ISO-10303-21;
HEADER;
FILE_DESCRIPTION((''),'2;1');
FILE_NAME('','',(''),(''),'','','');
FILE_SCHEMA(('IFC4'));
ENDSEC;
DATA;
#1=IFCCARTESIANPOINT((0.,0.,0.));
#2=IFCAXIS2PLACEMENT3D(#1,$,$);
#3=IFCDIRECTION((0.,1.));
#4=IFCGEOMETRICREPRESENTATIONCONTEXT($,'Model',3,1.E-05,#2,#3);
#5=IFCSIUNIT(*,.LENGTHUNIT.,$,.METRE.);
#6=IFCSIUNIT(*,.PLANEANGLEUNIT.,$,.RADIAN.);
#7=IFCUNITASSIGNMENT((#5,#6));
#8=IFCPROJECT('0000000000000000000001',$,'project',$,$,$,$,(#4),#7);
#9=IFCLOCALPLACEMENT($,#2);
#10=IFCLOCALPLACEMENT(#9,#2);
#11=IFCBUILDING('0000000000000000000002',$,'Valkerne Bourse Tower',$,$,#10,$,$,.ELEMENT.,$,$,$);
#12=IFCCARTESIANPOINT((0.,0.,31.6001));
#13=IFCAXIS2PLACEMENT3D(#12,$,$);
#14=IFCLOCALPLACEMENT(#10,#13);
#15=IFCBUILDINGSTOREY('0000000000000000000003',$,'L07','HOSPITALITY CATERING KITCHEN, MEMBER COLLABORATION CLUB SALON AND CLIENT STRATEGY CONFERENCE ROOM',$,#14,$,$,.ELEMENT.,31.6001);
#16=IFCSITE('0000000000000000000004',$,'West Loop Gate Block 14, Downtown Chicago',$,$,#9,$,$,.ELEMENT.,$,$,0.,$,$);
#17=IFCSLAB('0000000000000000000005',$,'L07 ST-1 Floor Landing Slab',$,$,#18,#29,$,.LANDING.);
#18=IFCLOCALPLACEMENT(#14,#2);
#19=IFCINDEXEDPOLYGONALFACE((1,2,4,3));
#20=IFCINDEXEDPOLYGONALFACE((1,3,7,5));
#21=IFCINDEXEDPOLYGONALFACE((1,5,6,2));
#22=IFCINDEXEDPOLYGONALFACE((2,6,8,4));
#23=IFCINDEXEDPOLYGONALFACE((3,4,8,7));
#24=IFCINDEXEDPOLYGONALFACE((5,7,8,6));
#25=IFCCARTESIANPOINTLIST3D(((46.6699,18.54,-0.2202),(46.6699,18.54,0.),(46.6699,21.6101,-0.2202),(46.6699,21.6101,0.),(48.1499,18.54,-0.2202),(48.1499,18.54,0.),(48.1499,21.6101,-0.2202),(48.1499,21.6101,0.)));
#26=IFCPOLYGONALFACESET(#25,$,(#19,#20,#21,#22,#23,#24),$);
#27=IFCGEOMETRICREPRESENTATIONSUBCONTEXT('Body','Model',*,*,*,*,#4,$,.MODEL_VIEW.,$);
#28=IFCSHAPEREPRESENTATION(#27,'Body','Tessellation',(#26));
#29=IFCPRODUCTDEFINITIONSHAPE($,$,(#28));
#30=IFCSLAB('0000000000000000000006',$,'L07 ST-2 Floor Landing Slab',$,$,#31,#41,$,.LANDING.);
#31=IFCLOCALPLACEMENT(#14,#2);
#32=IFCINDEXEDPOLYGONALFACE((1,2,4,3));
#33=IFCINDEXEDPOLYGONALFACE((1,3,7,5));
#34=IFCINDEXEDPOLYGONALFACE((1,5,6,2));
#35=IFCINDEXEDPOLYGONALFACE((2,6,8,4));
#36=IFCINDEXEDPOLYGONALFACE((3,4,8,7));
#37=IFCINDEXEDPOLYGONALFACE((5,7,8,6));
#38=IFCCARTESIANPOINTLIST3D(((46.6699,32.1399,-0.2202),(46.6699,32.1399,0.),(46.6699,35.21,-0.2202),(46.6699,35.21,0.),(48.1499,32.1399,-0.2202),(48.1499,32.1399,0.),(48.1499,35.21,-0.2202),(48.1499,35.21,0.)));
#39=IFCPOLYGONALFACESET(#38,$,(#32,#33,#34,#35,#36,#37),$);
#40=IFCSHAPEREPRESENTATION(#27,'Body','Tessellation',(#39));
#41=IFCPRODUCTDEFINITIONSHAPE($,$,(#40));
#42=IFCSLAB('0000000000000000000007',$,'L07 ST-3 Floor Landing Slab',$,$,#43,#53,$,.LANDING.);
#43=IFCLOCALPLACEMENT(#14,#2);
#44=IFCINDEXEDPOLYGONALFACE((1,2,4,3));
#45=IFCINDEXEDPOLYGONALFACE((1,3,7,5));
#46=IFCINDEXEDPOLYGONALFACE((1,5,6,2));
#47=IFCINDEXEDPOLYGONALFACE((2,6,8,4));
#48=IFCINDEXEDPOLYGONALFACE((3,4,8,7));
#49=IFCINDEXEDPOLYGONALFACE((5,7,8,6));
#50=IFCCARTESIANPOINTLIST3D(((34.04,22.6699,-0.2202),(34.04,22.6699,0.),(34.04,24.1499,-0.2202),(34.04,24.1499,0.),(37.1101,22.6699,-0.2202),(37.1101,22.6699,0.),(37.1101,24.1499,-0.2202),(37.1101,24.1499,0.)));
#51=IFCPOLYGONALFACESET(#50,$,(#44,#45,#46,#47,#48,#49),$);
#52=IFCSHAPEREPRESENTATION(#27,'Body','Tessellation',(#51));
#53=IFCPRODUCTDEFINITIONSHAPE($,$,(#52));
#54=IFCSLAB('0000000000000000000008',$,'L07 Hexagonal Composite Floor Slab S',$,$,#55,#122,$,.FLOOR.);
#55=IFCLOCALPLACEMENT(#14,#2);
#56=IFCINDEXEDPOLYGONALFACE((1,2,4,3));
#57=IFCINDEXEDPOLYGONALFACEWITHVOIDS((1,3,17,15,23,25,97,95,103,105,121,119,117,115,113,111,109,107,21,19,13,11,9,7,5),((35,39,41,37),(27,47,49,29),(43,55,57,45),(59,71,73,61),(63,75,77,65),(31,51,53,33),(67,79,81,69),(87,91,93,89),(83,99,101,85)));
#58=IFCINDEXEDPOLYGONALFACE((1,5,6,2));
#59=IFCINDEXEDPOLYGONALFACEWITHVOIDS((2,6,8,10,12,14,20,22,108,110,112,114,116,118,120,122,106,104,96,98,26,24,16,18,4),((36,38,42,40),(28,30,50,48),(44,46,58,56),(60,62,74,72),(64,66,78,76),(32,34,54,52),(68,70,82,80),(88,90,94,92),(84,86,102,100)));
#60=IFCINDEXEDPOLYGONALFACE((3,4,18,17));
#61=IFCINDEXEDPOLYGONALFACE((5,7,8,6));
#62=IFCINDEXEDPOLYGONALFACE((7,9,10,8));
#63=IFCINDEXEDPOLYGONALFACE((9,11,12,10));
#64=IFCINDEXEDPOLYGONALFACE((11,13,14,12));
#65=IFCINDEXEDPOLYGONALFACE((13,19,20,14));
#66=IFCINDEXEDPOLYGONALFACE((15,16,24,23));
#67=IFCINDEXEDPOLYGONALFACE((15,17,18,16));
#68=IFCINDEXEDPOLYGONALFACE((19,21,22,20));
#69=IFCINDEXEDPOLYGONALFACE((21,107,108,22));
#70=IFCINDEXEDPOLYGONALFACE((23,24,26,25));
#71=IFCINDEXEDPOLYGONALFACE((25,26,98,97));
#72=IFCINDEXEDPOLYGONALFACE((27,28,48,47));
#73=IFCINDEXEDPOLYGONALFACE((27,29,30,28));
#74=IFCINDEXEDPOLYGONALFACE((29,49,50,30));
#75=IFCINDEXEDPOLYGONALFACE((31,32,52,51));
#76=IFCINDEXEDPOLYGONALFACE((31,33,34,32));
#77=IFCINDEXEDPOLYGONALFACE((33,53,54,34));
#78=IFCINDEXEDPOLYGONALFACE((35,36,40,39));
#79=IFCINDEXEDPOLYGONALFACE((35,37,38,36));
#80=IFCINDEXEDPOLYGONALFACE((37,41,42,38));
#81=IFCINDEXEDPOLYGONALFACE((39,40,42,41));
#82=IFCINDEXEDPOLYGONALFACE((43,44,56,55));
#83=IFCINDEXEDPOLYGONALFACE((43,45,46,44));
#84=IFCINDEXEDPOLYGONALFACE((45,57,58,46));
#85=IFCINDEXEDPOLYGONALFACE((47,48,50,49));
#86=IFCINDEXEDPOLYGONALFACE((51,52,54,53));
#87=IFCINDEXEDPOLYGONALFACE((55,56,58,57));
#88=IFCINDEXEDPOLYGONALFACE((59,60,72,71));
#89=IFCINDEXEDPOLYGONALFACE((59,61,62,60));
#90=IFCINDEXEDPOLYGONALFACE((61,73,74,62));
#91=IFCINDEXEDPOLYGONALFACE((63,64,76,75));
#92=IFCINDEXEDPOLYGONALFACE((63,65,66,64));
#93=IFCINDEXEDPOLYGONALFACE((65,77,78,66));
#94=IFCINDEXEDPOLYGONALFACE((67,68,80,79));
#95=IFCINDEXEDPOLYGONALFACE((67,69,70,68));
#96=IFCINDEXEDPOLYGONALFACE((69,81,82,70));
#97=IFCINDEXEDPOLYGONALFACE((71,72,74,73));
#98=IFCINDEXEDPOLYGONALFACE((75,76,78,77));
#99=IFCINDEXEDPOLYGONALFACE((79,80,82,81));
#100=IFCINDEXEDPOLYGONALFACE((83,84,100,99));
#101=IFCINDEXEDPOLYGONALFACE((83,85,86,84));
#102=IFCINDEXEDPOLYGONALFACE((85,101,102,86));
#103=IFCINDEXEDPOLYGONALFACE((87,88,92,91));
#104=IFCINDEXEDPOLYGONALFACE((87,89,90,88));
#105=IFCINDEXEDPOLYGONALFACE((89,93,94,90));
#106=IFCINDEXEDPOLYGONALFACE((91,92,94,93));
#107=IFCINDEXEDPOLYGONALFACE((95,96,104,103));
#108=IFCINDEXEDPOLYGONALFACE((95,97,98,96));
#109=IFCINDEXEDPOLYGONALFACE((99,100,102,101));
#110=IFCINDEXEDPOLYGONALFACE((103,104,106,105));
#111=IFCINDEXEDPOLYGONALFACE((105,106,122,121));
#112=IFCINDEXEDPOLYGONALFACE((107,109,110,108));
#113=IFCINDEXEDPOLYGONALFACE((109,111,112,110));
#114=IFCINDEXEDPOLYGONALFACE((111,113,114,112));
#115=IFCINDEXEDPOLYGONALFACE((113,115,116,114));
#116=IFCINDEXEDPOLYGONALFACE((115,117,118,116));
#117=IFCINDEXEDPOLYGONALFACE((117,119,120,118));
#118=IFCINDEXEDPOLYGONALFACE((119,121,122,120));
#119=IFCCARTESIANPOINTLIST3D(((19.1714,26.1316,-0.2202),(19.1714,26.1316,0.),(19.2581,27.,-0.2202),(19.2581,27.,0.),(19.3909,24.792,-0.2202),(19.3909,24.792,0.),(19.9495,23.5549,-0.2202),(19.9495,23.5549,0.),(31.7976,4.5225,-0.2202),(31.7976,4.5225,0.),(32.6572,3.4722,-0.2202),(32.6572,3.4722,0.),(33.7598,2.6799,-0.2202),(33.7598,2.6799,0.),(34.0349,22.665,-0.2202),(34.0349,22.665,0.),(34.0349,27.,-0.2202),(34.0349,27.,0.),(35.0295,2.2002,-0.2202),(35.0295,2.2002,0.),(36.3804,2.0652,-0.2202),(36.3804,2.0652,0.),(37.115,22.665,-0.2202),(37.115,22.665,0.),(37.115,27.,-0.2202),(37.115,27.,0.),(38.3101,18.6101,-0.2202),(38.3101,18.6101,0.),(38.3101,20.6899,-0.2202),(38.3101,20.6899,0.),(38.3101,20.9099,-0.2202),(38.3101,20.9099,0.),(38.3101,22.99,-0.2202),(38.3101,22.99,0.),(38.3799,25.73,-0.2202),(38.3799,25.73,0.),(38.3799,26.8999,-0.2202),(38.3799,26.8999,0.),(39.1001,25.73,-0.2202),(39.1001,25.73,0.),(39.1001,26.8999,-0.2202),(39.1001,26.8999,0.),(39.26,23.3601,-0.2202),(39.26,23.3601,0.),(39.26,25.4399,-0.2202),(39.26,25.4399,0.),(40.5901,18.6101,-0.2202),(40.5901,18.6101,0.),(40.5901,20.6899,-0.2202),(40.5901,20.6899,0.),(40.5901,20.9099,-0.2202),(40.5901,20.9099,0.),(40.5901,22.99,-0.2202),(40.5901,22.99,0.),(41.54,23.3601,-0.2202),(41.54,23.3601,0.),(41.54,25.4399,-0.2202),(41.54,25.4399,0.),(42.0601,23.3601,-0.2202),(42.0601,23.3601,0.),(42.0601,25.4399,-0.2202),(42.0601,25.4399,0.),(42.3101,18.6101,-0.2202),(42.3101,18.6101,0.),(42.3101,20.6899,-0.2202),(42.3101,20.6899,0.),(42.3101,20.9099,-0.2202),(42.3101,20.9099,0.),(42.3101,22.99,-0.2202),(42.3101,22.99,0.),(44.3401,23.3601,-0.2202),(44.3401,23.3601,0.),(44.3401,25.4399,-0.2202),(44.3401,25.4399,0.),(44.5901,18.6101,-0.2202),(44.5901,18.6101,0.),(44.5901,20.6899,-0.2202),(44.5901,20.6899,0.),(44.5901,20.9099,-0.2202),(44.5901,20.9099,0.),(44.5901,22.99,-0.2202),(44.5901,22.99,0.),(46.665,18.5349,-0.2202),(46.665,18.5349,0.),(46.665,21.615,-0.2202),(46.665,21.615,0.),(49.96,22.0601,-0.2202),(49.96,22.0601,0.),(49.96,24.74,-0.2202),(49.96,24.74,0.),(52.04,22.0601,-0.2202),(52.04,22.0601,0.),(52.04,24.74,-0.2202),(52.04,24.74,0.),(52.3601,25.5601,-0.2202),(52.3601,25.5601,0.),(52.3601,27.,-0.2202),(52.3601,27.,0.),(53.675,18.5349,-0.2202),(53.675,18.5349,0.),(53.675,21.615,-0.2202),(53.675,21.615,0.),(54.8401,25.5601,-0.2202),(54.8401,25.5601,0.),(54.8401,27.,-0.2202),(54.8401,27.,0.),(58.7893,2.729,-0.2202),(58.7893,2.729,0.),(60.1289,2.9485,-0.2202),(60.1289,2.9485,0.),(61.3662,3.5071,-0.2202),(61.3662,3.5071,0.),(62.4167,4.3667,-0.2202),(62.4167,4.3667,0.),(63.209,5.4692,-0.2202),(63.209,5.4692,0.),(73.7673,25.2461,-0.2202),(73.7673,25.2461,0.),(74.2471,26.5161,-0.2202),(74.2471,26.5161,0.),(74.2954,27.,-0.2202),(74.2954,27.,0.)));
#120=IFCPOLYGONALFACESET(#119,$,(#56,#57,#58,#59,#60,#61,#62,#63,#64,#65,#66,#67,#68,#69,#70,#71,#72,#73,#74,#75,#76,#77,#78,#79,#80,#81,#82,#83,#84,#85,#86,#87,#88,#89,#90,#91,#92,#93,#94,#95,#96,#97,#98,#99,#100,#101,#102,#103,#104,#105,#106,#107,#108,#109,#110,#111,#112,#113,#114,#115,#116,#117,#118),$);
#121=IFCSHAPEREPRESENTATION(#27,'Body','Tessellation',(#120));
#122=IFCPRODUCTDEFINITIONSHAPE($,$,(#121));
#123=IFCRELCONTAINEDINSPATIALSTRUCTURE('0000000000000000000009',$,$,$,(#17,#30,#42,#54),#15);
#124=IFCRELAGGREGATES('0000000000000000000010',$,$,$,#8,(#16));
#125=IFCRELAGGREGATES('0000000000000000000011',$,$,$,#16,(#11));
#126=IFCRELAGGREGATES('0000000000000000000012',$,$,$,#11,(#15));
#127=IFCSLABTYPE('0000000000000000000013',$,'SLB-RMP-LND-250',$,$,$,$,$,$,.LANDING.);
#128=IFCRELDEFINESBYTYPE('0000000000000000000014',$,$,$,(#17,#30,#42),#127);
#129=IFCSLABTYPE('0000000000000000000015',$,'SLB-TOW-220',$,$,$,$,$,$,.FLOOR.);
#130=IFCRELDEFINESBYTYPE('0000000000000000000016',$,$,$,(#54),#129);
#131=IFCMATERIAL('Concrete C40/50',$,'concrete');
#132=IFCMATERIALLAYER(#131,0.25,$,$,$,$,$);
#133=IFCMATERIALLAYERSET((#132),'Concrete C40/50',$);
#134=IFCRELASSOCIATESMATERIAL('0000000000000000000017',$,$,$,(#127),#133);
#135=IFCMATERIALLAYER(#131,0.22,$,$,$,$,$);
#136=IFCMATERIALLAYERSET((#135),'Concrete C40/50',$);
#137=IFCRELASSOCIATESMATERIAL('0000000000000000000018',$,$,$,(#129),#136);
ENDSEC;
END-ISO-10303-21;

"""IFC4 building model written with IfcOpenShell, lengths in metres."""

from ifc_helpers import new_model, si_unit, direction, frame, origin, place, context, subcontext, project, spatial, polyline, outline, extrude, material, layer, layer_set, type_object, element, save


model = new_model("IFC4")

# Units and contexts
model_context = context("Model", 3, precision=1e-05, world=origin(), true_north=direction((0.0, 1.0)))
body_context = subcontext(model_context, "Body", "Model", "MODEL_VIEW")
ifc_project = project(units=[si_unit("LENGTHUNIT", "METRE"), si_unit("PLANEANGLEUNIT", "RADIAN")], contexts=[model_context])

# Site, building, storey
site_placement = place(None, origin())
site = spatial("IfcSite", under=ifc_project, at=site_placement, Name="West Loop Gate Block 14, Downtown Chicago", CompositionType="ELEMENT", RefElevation=0.0)
building_placement = place(site_placement, origin())
building = spatial("IfcBuilding", under=site, at=building_placement, Name="Valkerne Bourse Tower", CompositionType="ELEMENT")
storey_placement = place(building_placement, frame((0.0, 0.0, 31.6001)))
storey = spatial("IfcBuildingStorey", under=building, at=storey_placement, Name="L07", Description="HOSPITALITY CATERING KITCHEN, MEMBER COLLABORATION CLUB SALON AND CLIENT STRATEGY CONFERENCE ROOM", CompositionType="ELEMENT", Elevation=31.6001)

# Slabs
ifc_material_1 = material(Name="Concrete C40/50", Category="concrete")
ifc_layer_1 = layer(ifc_material_1, 0.25)
ifc_layer_set_1 = layer_set([ifc_layer_1], Name="Concrete C40/50")
slab_type_1 = type_object("IfcSlabType", Name="SLB-RMP-LND-250", PredefinedType="LANDING", material=ifc_layer_set_1)
slab_1_placement = place(storey_placement, frame((0.0, 0.0, -0.2202)))
element("IfcSlab", 1, at=slab_1_placement, inside=storey, type_object=slab_type_1, Name="L07 ST-1 Floor Landing Slab", PredefinedType="LANDING", context=body_context, shape_type="SweptSolid", body=[
    extrude(outline(polyline([(46.6699, 18.54), (48.1499, 18.54), (48.1499, 21.6101), (46.6699, 21.6101), (46.6699, 18.54)])), origin(), (0.0, 0.0, 1.0), 0.2202),
])
slab_2_placement = place(storey_placement, frame((0.0, 0.0, -0.2202)))
element("IfcSlab", 2, at=slab_2_placement, inside=storey, type_object=slab_type_1, Name="L07 ST-2 Floor Landing Slab", PredefinedType="LANDING", context=body_context, shape_type="SweptSolid", body=[
    extrude(outline(polyline([(46.6699, 32.1399), (48.1499, 32.1399), (48.1499, 35.21), (46.6699, 35.21), (46.6699, 32.1399)])), origin(), (0.0, 0.0, 1.0), 0.2202),
])
slab_3_placement = place(storey_placement, frame((0.0, 0.0, -0.2202)))
element("IfcSlab", 3, at=slab_3_placement, inside=storey, type_object=slab_type_1, Name="L07 ST-3 Floor Landing Slab", PredefinedType="LANDING", context=body_context, shape_type="SweptSolid", body=[
    extrude(outline(polyline([(37.1101, 22.6699), (37.1101, 24.1499), (34.04, 24.1499), (34.04, 22.6699), (37.1101, 22.6699)])), origin(), (0.0, 0.0, 1.0), 0.2202),
])
ifc_layer_2 = layer(ifc_material_1, 0.22)
ifc_layer_set_2 = layer_set([ifc_layer_2], Name="Concrete C40/50")
slab_type_2 = type_object("IfcSlabType", Name="SLB-TOW-220", PredefinedType="FLOOR", material=ifc_layer_set_2)
slab_4_placement = place(storey_placement, frame((0.0, 0.0, -0.2202)))
element("IfcSlab", 4, at=slab_4_placement, inside=storey, type_object=slab_type_2, Name="L07 Hexagonal Composite Floor Slab S", PredefinedType="FLOOR", context=body_context, shape_type="SweptSolid", body=[
    extrude(outline(polyline([(62.4167, 4.3667), (61.3662, 3.5071), (60.1289, 2.9485), (58.7893, 2.729), (36.3804, 2.0652), (35.0295, 2.2002), (33.7598, 2.6799), (32.6572, 3.4722), (31.7976, 4.5225), (19.9495, 23.5549), (19.3909, 24.792), (19.1714, 26.1316), (19.2581, 27.0), (34.0349, 27.0), (34.0349, 22.665), (37.115, 22.665), (37.115, 27.0), (52.3601, 27.0), (52.3601, 25.5601), (54.8401, 25.5601), (54.8401, 27.0), (74.2954, 27.0), (74.2471, 26.5161), (73.7673, 25.2461), (63.209, 5.4692), (62.4167, 4.3667)]), holes=[polyline([(40.5901, 20.6899), (38.3101, 20.6899), (38.3101, 18.6101), (40.5901, 18.6101), (40.5901, 20.6899)]), polyline([(40.5901, 22.99), (38.3101, 22.99), (38.3101, 20.9099), (40.5901, 20.9099), (40.5901, 22.99)]), polyline([(41.54, 25.4399), (39.26, 25.4399), (39.26, 23.3601), (41.54, 23.3601), (41.54, 25.4399)]), polyline([(39.1001, 25.73), (39.1001, 26.8999), (38.3799, 26.8999), (38.3799, 25.73), (39.1001, 25.73)]), polyline([(44.5901, 20.6899), (42.3101, 20.6899), (42.3101, 18.6101), (44.5901, 18.6101), (44.5901, 20.6899)]), polyline([(53.675, 21.615), (46.665, 21.615), (46.665, 18.5349), (53.675, 18.5349), (53.675, 21.615)]), polyline([(44.5901, 22.99), (42.3101, 22.99), (42.3101, 20.9099), (44.5901, 20.9099), (44.5901, 22.99)]), polyline([(52.04, 22.0601), (52.04, 24.74), (49.96, 24.74), (49.96, 22.0601), (52.04, 22.0601)]), polyline([(44.3401, 23.3601), (44.3401, 25.4399), (42.0601, 25.4399), (42.0601, 23.3601), (44.3401, 23.3601)])]), origin(), (0.0, 0.0, 1.0), 0.2202),
])

save(model, "model.ifc")
